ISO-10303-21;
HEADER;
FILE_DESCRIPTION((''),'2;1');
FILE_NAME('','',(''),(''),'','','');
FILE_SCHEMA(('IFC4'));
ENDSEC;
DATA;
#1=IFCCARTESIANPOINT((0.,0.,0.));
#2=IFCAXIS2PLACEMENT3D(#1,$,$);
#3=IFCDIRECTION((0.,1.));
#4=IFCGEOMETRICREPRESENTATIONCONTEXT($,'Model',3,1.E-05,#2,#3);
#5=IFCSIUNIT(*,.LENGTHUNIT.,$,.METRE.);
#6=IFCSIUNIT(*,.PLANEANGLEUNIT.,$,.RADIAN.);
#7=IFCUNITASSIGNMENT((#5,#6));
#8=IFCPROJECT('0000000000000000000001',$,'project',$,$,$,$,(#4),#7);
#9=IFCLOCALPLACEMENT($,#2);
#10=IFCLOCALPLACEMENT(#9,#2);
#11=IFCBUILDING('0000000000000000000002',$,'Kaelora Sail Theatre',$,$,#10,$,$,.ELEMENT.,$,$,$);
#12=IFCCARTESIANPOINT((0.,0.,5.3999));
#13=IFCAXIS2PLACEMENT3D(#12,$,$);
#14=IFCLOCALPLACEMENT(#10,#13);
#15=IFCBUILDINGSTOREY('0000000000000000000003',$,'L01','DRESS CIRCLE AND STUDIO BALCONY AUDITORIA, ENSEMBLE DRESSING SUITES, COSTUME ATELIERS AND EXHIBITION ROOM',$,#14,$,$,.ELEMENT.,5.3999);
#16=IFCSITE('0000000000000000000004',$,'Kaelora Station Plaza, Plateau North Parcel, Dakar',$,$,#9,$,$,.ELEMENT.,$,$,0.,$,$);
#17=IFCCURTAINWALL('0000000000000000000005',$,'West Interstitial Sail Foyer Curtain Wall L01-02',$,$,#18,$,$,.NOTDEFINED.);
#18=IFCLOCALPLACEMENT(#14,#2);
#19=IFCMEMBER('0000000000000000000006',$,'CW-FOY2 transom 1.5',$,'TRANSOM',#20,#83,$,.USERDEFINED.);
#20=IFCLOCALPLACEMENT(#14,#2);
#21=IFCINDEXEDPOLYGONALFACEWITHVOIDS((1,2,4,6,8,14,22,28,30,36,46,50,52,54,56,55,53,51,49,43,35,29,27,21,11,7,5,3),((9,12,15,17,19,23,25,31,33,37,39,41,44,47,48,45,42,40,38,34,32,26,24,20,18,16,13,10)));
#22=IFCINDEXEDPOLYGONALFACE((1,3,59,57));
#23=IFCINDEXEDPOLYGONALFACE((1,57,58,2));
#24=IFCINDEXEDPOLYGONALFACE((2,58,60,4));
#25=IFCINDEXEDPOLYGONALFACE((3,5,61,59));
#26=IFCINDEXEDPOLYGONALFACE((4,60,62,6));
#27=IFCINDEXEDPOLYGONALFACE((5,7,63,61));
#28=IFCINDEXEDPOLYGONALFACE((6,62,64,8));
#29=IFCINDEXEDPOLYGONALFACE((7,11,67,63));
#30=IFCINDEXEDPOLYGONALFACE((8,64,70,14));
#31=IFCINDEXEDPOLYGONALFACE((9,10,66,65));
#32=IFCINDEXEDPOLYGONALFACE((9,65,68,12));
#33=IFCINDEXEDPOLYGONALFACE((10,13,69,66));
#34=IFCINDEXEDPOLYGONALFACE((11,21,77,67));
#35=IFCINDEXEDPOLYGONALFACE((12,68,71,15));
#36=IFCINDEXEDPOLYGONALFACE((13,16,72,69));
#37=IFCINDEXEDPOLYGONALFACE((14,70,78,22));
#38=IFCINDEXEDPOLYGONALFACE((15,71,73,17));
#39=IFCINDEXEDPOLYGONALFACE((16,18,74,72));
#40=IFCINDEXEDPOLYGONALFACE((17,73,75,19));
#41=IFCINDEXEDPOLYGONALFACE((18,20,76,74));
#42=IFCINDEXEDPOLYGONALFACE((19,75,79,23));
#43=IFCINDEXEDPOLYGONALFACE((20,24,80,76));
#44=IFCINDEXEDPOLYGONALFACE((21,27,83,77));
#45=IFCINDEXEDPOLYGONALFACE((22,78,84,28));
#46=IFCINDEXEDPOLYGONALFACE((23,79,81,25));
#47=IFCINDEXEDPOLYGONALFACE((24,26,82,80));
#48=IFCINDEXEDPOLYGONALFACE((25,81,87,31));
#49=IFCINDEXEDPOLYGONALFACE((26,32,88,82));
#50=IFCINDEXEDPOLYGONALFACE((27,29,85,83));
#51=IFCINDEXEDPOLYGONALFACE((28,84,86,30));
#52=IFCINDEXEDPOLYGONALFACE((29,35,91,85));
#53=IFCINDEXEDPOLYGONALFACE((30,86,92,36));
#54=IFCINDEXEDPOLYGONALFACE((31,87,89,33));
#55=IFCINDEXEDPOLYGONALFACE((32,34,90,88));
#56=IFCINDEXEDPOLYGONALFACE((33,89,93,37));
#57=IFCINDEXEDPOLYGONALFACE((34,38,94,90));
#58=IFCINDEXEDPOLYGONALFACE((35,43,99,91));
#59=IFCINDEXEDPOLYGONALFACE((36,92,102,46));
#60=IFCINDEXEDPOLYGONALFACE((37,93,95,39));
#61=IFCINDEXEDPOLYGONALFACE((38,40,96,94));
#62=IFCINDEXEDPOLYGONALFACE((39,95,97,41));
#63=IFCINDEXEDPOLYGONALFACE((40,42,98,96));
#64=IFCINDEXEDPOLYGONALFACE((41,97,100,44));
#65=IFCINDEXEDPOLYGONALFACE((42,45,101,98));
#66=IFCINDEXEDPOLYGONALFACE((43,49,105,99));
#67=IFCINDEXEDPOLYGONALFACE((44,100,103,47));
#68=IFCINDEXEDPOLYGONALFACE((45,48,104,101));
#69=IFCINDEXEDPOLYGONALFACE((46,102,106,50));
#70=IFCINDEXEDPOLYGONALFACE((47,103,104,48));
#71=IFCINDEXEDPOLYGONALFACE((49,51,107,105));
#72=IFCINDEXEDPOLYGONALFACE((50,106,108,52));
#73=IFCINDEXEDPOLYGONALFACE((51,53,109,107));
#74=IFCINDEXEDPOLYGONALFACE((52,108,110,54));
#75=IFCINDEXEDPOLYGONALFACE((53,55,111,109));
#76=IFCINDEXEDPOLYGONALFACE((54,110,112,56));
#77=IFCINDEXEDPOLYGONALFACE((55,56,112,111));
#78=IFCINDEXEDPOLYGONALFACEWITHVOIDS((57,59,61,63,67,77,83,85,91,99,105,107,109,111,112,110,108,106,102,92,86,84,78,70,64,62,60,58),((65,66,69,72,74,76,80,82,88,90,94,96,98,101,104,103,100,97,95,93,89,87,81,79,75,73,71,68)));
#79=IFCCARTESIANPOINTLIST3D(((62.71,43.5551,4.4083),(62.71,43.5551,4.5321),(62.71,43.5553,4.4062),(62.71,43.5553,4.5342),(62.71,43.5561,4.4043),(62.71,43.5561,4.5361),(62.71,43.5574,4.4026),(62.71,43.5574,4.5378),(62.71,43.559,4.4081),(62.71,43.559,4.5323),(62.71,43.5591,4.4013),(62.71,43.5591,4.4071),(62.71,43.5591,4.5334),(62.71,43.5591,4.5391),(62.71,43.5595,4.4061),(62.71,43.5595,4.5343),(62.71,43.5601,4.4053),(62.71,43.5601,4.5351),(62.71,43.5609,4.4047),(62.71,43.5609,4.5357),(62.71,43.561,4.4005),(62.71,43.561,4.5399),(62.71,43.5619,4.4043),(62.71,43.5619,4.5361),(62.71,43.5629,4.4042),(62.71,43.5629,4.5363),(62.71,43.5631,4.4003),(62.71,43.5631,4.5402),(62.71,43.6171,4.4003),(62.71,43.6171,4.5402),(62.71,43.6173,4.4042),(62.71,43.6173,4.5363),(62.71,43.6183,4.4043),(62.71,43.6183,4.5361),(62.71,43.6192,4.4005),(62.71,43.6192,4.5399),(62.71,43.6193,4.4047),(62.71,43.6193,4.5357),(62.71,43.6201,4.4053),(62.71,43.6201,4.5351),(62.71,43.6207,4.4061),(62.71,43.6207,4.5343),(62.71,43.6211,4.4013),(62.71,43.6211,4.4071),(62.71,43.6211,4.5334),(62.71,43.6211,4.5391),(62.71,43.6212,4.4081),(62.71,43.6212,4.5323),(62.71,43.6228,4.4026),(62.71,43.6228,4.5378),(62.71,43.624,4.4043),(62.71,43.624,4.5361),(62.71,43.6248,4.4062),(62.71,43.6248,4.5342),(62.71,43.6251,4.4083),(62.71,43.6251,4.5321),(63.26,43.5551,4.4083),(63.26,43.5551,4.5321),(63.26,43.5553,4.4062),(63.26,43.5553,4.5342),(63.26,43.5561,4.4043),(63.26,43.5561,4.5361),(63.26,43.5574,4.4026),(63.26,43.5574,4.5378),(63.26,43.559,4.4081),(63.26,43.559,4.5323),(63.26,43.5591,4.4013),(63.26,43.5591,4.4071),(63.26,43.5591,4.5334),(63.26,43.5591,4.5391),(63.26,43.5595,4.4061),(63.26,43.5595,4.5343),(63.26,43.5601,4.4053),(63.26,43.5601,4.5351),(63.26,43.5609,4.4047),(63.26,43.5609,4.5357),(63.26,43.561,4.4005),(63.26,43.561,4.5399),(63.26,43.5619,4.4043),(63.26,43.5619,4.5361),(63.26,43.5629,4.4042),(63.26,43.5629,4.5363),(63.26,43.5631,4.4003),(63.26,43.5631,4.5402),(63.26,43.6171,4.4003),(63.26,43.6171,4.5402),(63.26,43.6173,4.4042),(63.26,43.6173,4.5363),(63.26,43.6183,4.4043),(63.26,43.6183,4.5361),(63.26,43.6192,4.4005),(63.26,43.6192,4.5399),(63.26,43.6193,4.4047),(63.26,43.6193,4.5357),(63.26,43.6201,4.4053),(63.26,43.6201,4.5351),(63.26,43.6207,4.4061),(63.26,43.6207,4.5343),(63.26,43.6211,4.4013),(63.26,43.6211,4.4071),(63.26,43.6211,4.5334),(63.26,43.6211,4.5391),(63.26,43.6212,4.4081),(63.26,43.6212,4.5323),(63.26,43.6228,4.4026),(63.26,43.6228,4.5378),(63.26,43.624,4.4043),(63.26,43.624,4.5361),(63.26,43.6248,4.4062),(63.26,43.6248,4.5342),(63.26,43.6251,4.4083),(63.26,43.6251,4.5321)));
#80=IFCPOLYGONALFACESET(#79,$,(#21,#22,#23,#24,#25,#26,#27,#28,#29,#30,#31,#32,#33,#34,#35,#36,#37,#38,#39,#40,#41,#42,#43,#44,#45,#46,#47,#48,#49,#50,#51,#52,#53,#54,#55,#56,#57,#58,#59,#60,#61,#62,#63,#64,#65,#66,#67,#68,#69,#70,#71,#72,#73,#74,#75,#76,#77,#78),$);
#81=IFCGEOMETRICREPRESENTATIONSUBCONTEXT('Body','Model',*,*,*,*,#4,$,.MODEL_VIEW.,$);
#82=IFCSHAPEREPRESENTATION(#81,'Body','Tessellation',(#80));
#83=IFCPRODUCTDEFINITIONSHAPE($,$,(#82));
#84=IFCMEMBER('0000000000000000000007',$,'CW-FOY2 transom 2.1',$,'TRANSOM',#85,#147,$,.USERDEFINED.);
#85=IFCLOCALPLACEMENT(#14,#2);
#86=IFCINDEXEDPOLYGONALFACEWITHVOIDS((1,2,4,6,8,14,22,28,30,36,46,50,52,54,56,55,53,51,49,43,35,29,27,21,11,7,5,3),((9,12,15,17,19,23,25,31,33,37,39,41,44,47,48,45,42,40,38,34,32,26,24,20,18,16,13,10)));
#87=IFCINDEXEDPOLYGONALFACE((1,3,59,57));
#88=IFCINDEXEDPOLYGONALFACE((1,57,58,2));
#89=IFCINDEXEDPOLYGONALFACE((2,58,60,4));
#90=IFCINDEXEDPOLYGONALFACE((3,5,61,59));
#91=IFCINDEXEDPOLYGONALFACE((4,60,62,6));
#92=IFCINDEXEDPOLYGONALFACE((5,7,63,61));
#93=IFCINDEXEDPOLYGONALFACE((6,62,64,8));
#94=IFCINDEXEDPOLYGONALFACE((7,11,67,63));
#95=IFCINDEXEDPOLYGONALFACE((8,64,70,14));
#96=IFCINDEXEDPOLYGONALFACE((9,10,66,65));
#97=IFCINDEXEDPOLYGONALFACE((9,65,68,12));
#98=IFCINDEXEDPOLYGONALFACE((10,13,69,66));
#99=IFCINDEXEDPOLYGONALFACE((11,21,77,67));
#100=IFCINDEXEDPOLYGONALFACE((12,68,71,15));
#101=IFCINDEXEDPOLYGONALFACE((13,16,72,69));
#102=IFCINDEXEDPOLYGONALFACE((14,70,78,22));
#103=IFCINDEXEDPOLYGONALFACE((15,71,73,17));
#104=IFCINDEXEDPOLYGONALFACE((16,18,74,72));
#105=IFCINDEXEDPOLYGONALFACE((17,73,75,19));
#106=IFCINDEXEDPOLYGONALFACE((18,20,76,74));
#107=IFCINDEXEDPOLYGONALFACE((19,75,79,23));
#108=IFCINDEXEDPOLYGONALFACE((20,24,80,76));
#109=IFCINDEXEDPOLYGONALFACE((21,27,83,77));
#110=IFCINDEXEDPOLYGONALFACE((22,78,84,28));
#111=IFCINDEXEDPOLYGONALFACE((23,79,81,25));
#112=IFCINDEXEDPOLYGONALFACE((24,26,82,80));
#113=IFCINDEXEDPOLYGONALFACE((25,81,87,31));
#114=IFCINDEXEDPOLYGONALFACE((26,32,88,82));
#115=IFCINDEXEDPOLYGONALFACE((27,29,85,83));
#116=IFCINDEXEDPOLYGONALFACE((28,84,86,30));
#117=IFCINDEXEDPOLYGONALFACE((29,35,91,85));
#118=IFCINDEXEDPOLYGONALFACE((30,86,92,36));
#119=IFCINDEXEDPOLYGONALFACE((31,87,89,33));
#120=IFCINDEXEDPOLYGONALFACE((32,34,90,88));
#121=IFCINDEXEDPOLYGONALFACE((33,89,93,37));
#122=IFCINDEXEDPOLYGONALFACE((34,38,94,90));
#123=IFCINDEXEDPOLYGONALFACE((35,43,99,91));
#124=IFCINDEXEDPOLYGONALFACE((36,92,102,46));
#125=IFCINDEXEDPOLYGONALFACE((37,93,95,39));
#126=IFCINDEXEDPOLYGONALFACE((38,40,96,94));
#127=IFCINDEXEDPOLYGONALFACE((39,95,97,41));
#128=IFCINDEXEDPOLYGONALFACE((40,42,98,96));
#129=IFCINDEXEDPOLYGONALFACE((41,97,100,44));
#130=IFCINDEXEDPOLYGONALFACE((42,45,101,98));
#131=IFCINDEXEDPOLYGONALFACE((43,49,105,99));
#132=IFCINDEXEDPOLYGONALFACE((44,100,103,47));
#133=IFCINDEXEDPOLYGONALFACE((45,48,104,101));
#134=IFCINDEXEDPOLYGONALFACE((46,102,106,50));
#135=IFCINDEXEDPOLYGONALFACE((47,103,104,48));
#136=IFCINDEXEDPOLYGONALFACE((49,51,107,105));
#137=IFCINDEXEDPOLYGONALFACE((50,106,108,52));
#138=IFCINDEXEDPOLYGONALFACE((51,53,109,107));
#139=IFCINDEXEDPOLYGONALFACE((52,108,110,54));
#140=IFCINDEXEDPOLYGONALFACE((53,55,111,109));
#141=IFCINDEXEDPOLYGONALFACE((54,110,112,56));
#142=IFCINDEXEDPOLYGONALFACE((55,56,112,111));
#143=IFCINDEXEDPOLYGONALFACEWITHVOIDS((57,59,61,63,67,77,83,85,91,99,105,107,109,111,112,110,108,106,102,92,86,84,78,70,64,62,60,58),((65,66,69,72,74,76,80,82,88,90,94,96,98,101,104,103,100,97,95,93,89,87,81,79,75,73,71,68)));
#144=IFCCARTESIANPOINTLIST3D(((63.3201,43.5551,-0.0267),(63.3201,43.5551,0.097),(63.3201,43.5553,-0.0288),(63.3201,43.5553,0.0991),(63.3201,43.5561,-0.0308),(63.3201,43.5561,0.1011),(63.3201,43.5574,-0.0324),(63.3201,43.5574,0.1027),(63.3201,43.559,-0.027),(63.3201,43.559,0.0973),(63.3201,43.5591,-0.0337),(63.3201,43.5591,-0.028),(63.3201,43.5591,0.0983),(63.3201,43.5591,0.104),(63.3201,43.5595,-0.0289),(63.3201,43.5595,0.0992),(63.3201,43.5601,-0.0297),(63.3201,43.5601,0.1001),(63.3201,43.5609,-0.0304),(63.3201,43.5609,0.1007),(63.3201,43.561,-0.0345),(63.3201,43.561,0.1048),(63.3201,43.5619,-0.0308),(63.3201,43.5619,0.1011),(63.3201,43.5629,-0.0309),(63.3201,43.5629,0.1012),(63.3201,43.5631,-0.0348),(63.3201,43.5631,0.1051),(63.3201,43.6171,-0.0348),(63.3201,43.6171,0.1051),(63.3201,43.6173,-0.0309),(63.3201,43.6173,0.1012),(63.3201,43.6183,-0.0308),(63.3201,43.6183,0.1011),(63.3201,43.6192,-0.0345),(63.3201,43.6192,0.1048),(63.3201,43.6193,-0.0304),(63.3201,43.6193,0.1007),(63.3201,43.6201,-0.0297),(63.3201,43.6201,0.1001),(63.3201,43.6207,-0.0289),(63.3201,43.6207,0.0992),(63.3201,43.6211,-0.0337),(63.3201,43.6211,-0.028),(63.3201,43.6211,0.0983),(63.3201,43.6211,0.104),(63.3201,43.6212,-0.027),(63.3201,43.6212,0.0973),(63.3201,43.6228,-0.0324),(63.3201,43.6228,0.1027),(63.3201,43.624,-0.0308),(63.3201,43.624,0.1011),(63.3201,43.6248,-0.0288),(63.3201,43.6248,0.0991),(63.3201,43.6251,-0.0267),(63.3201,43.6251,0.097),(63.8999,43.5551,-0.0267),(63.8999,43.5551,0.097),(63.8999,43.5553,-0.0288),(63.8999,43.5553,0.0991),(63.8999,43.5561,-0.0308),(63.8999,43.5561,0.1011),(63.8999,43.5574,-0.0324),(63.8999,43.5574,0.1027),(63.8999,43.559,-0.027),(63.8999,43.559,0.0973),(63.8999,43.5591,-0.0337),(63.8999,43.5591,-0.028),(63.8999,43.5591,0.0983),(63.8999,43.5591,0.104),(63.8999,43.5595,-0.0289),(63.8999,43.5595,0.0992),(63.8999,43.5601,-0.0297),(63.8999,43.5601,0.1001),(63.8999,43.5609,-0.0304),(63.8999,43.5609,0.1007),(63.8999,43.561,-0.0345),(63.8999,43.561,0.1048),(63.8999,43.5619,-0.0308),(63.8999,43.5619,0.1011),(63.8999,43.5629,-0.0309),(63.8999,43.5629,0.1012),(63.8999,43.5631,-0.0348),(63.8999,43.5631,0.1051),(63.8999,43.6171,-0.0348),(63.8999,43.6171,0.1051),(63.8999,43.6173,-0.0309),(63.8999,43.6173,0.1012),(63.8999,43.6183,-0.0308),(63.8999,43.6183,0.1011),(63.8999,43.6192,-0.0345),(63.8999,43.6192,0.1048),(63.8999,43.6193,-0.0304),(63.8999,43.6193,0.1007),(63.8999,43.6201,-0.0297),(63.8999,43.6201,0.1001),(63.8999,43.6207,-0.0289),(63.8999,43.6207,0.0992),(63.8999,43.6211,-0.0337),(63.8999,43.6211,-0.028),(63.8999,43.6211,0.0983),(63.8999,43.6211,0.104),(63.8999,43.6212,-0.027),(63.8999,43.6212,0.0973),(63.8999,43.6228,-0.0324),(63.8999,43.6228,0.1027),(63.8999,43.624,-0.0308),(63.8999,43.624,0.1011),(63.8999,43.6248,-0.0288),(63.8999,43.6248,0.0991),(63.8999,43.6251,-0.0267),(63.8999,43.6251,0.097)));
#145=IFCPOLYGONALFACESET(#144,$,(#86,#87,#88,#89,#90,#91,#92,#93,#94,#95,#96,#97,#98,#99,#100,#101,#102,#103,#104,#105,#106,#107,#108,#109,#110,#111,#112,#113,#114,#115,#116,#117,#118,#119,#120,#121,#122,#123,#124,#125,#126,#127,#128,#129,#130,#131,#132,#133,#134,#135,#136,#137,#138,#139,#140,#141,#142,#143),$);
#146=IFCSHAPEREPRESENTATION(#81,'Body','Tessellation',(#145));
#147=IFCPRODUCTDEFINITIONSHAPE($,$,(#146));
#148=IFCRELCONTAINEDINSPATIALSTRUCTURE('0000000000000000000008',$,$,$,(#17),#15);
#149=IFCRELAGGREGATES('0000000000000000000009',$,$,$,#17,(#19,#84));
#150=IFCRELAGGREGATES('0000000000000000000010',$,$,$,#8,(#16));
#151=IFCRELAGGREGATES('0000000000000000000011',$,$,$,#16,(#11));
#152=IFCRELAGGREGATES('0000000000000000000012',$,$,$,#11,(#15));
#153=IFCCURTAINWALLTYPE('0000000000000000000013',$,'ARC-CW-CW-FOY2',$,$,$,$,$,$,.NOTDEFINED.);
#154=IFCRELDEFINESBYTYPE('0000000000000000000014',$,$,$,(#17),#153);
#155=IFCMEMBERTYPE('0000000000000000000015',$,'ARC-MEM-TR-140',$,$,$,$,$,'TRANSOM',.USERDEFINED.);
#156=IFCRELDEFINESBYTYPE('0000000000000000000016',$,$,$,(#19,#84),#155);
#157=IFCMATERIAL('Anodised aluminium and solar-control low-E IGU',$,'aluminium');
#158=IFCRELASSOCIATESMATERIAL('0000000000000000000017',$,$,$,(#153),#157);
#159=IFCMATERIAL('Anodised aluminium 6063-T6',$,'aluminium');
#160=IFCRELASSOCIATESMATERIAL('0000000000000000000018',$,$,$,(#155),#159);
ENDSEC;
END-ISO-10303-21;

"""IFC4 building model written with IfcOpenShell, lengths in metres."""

from ifc_helpers import new_model, si_unit, direction, frame, origin, origin_2d, place, context, subcontext, project, spatial, hollow_rectangle, extrude, material, material_profile, profile_set, type_object, element, aggregate, save


model = new_model("IFC4")

# Units and contexts
model_context = context("Model", 3, precision=1e-05, world=origin(), true_north=direction((0.0, 1.0)))
body_context = subcontext(model_context, "Body", "Model", "MODEL_VIEW")
ifc_project = project(units=[si_unit("LENGTHUNIT", "METRE"), si_unit("PLANEANGLEUNIT", "RADIAN")], contexts=[model_context])

# Site, building, storey
site_placement = place(None, origin())
site = spatial("IfcSite", under=ifc_project, at=site_placement, Name="Kaelora Station Plaza, Plateau North Parcel, Dakar", CompositionType="ELEMENT", RefElevation=0.0)
building_placement = place(site_placement, origin())
building = spatial("IfcBuilding", under=site, at=building_placement, Name="Kaelora Sail Theatre", CompositionType="ELEMENT")
storey_placement = place(building_placement, frame((0.0, 0.0, 5.3999)))
storey = spatial("IfcBuildingStorey", under=building, at=storey_placement, Name="L01", Description="DRESS CIRCLE AND STUDIO BALCONY AUDITORIA, ENSEMBLE DRESSING SUITES, COSTUME ATELIERS AND EXHIBITION ROOM", CompositionType="ELEMENT", Elevation=5.3999)

# Shared definitions
ifc_material_1 = material(Name="Anodised aluminium and solar-control low-E IGU", Category="aluminium")
curtain_wall_type = type_object("IfcCurtainWallType", Name="ARC-CW-CW-FOY2", PredefinedType="NOTDEFINED", material=ifc_material_1)

# Curtain wall, members
curtain_wall_1_placement = place(storey_placement, origin())
curtain_wall_1 = element("IfcCurtainWall", 1, at=curtain_wall_1_placement, inside=storey, type_object=curtain_wall_type, Name="West Interstitial Sail Foyer Curtain Wall L01-02", PredefinedType="NOTDEFINED")
ifc_material_2 = material(Name="Anodised aluminium 6063-T6", Category="aluminium")
ifc_material_profile_1 = material_profile(ifc_material_2, hollow_rectangle(XDim=0.0701, YDim=0.1399, WallThickness=0.0039, InnerFilletRadius=0.0039, OuterFilletRadius=0.0081, at=origin_2d()), Name="ALU-TRAN 70x140x4")
ifc_profile_set_1 = profile_set([ifc_material_profile_1], Name="Anodised aluminium 6063-T6")
member_type_1 = type_object("IfcMemberType", Name="ARC-MEM-TR-140", ElementType="TRANSOM", PredefinedType="USERDEFINED", material=ifc_profile_set_1)
member_1_placement = place(storey_placement, frame((62.71, 43.5901, 4.4702), z_axis=(1.0, 0.0, 0.0), x_axis=(0.0, 1.0, 0.0)))
member_1 = element("IfcMember", 2, at=member_1_placement, type_object=member_type_1, Name="CW-FOY2 transom 1.5", ObjectType="TRANSOM", PredefinedType="USERDEFINED", context=body_context, shape_type="SweptSolid", body=[
    extrude(hollow_rectangle(XDim=0.0701, YDim=0.1399, WallThickness=0.0039, InnerFilletRadius=0.0039, OuterFilletRadius=0.0081, at=origin_2d()), origin(), (0.0, 0.0, 1.0), 0.55),
])
member_2_placement = place(storey_placement, frame((63.3201, 43.5901, 0.0352), z_axis=(1.0, 0.0, 0.0), x_axis=(0.0, 1.0, 0.0)))
member_2 = element("IfcMember", 3, at=member_2_placement, type_object=member_type_1, Name="CW-FOY2 transom 2.1", ObjectType="TRANSOM", PredefinedType="USERDEFINED", context=body_context, shape_type="SweptSolid", body=[
    extrude(hollow_rectangle(XDim=0.0701, YDim=0.1399, WallThickness=0.0039, InnerFilletRadius=0.0039, OuterFilletRadius=0.0081, at=origin_2d()), origin(), (0.0, 0.0, 1.0), 0.5798),
])

aggregate(curtain_wall_1, [member_1, member_2])

save(model, "model.ifc")
